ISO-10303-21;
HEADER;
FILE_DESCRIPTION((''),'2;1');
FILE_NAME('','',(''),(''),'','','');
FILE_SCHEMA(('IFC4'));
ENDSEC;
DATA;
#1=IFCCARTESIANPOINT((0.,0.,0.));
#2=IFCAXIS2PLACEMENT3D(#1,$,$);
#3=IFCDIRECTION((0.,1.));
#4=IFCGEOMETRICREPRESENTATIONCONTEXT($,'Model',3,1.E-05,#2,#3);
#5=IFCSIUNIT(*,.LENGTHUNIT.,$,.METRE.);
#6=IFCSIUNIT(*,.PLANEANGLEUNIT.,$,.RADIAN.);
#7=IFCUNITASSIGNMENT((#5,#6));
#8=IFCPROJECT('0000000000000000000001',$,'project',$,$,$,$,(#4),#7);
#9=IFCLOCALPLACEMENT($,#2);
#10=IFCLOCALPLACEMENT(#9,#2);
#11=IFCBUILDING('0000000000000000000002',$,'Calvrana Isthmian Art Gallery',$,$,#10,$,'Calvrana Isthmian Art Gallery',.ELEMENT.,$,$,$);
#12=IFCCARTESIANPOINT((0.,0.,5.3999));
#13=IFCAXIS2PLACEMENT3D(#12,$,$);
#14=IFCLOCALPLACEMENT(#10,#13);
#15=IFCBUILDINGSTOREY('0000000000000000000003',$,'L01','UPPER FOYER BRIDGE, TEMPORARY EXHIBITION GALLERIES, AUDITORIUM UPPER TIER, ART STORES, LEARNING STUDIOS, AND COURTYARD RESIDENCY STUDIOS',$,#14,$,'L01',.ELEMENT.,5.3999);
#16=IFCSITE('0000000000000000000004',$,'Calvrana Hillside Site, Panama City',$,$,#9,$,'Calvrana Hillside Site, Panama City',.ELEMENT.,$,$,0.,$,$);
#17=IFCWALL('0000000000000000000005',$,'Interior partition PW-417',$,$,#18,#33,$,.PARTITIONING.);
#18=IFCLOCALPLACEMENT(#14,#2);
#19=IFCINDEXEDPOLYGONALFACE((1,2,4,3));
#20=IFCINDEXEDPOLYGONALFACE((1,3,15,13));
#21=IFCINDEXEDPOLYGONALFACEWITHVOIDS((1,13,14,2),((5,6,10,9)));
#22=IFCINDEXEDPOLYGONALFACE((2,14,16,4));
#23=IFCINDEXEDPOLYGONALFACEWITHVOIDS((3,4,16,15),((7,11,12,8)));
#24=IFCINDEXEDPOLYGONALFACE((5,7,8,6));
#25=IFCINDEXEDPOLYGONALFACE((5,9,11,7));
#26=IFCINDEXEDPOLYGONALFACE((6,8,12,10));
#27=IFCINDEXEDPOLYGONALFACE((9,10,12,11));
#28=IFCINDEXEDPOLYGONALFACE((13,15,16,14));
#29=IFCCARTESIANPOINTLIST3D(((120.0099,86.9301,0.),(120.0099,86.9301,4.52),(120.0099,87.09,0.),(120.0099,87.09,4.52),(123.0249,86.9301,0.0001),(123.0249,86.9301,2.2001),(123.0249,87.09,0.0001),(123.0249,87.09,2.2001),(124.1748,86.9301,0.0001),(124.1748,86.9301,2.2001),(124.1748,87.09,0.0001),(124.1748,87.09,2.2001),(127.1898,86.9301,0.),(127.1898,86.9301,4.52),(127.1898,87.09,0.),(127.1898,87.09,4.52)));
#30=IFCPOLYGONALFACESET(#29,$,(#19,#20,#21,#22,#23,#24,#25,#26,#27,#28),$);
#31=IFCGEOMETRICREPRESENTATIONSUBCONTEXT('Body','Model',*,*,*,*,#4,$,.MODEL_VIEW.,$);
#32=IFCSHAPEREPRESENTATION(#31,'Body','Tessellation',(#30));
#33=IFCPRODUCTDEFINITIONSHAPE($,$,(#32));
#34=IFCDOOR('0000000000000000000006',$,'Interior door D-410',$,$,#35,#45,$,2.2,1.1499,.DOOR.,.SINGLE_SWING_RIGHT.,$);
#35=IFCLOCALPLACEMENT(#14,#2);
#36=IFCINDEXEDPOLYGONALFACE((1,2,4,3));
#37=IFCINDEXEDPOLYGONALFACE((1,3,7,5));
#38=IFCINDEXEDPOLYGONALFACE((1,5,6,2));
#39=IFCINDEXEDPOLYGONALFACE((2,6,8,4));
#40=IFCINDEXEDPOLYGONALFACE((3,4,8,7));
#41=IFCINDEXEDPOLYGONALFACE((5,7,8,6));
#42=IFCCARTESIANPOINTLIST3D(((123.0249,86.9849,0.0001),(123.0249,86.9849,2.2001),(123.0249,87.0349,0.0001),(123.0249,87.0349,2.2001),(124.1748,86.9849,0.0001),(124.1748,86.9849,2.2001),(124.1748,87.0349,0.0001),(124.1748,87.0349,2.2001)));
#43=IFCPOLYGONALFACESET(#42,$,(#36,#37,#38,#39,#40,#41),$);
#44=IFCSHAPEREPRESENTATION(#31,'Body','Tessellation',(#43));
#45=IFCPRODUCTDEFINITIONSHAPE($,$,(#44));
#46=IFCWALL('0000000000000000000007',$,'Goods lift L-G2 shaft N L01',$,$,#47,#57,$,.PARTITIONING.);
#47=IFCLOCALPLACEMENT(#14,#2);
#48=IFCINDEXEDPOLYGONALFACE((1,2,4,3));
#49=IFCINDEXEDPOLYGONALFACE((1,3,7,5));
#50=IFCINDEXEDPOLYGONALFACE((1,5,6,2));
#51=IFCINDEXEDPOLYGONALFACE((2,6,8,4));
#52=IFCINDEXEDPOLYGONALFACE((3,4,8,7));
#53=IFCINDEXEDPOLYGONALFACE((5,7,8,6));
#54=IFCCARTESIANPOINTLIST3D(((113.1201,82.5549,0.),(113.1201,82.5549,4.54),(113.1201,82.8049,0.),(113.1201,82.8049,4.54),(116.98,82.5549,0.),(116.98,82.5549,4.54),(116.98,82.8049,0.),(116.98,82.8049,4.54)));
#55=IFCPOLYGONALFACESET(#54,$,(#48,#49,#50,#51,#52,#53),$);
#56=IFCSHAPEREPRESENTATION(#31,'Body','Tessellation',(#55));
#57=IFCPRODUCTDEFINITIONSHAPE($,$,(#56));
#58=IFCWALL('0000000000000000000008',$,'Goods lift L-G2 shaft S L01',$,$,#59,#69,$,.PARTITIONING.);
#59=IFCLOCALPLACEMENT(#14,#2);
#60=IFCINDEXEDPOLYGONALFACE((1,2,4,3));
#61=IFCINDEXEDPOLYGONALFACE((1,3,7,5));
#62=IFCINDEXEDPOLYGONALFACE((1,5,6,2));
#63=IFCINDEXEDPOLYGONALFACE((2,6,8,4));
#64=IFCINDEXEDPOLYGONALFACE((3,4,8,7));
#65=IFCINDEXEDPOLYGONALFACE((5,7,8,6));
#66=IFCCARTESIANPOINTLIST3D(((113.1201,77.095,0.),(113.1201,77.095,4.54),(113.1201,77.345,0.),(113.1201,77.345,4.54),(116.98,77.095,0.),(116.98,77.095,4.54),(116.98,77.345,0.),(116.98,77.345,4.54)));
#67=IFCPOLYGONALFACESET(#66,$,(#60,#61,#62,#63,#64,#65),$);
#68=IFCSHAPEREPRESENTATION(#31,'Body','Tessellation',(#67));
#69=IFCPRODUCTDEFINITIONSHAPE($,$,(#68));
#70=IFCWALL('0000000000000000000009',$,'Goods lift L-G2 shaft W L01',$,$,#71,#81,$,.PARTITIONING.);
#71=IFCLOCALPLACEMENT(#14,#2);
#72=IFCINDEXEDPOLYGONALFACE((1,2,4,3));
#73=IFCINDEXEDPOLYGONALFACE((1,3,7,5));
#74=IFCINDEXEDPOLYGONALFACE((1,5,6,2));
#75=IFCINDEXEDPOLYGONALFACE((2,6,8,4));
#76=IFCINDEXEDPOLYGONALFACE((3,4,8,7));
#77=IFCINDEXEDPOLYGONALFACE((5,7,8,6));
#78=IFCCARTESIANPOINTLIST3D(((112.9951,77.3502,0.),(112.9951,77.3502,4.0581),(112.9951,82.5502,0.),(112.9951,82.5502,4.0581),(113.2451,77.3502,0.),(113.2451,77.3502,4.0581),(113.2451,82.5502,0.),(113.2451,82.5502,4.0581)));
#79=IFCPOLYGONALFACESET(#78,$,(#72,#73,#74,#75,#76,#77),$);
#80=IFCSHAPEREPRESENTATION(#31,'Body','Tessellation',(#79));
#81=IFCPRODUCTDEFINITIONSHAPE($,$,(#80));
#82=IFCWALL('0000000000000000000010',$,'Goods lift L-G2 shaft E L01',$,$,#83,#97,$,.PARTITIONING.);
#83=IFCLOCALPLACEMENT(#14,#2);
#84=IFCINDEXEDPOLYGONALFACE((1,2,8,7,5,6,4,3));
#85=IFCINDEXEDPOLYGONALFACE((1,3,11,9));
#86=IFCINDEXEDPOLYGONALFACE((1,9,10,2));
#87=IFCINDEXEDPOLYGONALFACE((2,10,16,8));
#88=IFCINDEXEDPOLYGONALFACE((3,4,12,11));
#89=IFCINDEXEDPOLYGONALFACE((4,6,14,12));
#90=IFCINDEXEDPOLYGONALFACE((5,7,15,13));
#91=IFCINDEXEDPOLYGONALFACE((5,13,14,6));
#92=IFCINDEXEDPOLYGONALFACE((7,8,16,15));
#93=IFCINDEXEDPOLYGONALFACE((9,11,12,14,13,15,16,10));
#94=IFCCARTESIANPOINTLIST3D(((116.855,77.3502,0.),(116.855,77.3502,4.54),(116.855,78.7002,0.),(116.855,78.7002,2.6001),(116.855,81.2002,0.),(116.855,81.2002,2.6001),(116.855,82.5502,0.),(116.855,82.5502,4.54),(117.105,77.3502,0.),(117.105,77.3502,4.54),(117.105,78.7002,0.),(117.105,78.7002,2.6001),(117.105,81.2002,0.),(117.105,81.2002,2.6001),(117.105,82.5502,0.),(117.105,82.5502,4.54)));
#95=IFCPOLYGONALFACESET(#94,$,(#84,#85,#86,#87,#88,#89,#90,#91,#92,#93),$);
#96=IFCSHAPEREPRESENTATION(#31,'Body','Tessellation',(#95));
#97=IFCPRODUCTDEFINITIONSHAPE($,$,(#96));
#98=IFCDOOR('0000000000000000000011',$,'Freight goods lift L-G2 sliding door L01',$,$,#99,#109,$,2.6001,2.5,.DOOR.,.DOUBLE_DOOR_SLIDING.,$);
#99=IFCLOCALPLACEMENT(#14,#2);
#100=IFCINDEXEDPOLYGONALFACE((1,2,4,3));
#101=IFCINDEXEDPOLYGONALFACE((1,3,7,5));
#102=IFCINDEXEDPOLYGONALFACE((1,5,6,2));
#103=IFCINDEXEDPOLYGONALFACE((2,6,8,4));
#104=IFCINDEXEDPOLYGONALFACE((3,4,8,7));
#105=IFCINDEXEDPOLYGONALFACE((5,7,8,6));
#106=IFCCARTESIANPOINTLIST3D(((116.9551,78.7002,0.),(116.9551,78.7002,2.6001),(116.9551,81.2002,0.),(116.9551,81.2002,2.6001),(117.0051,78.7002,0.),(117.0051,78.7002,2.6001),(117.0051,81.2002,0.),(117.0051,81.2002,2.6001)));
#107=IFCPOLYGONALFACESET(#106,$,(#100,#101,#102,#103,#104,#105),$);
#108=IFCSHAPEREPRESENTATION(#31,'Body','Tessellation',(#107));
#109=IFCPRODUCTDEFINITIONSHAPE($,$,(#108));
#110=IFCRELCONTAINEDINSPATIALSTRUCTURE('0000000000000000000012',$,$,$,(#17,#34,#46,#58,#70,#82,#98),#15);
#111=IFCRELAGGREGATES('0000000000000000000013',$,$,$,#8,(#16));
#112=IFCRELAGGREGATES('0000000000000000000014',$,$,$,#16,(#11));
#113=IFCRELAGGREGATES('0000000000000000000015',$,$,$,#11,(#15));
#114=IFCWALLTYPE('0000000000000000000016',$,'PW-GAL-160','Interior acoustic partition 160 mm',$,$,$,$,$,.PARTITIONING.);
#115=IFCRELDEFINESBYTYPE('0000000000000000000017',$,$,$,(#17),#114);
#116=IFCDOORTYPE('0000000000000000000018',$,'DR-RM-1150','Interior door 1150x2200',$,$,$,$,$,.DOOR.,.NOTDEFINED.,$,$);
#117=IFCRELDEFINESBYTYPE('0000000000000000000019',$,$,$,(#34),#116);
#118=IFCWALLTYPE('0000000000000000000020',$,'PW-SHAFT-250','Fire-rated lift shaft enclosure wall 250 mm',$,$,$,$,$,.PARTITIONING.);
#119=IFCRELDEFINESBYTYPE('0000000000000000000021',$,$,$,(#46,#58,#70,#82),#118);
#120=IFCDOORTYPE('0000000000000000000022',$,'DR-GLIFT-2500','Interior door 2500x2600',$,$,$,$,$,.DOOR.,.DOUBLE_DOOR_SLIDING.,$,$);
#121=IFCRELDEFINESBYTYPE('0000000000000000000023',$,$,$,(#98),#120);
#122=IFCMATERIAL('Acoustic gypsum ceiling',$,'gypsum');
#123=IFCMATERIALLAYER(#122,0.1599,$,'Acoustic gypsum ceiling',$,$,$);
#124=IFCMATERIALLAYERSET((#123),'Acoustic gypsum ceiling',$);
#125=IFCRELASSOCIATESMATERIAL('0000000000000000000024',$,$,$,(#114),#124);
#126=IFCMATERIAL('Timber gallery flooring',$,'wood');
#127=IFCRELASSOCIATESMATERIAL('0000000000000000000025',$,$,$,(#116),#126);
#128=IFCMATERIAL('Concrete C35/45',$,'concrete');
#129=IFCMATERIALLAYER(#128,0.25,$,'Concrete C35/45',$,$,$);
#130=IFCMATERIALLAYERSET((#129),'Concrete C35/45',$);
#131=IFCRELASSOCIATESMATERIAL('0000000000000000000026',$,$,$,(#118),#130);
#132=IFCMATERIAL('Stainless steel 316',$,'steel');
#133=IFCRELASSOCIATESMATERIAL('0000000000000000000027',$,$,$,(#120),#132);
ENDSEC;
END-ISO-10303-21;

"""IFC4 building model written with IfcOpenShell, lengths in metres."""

from ifc_helpers import new_model, si_unit, direction, frame, frame_2d, origin, place, context, subcontext, project, spatial, rectangle, extrude, material, layer, layer_set, type_object, element, fill, save


model = new_model("IFC4")

# Units and contexts
model_context = context("Model", 3, precision=1e-05, world=origin(), true_north=direction((0.0, 1.0)))
body_context = subcontext(model_context, "Body", "Model", "MODEL_VIEW")
ifc_project = project(units=[si_unit("LENGTHUNIT", "METRE"), si_unit("PLANEANGLEUNIT", "RADIAN")], contexts=[model_context])

# Site, building, storey
site_placement = place(None, origin())
site = spatial("IfcSite", under=ifc_project, at=site_placement, Name="Calvrana Hillside Site, Panama City", LongName="Calvrana Hillside Site, Panama City", CompositionType="ELEMENT", RefElevation=0.0)
building_placement = place(site_placement, origin())
building = spatial("IfcBuilding", under=site, at=building_placement, Name="Calvrana Isthmian Art Gallery", LongName="Calvrana Isthmian Art Gallery", CompositionType="ELEMENT")
storey_placement = place(building_placement, frame((0.0, 0.0, 5.3999)))
storey = spatial("IfcBuildingStorey", under=building, at=storey_placement, Name="L01", Description="UPPER FOYER BRIDGE, TEMPORARY EXHIBITION GALLERIES, AUDITORIUM UPPER TIER, ART STORES, LEARNING STUDIOS, AND COURTYARD RESIDENCY STUDIOS", LongName="L01", CompositionType="ELEMENT", Elevation=5.3999)

# Shared definitions
ifc_material_1 = material(Name="Acoustic gypsum ceiling", Category="gypsum")
ifc_layer_1 = layer(ifc_material_1, 0.1599, Name="Acoustic gypsum ceiling")
ifc_layer_set_1 = layer_set([ifc_layer_1], Name="Acoustic gypsum ceiling")
wall_type_1 = type_object("IfcWallType", Name="PW-GAL-160", Description="Interior acoustic partition 160 mm", PredefinedType="PARTITIONING", material=ifc_layer_set_1)

# Wall, opening, door
wall_1_placement = place(storey_placement, frame((120.01, 87.01, 0.0), z_axis=(0.0, 0.0, 1.0), x_axis=(1.0, 0.0, 0.0)))
wall_1 = element("IfcWall", 1, at=wall_1_placement, inside=storey, type_object=wall_type_1, Name="Interior partition PW-417", PredefinedType="PARTITIONING", context=body_context, shape_type="SweptSolid", body=[
    extrude(rectangle(XDim=7.1799, YDim=0.1599, at=frame_2d((3.5898, 0.0))), origin(), (0.0, 0.0, 1.0), 4.52),
])
opening_1_placement = place(wall_1_placement, frame((3.0149, 0.0, 0.0)))
opening_1 = element("IfcOpeningElement", 2, at=opening_1_placement, cuts=wall_1, PredefinedType="OPENING", context=body_context, shape_type="SweptSolid", body=[
    extrude(rectangle(XDim=1.1499, YDim=2.2, at=frame_2d((0.575, 1.1001))), frame((0.0, 0.0903, 0.0), z_axis=(0.0, -1.0, 0.0), x_axis=(1.0, 0.0, 0.0)), (0.0, 0.0, 1.0), 0.1804),
])
ifc_material_2 = material(Name="Timber gallery flooring", Category="wood")
door_type_1 = type_object("IfcDoorType", Name="DR-RM-1150", Description="Interior door 1150x2200", OperationType="NOTDEFINED", PredefinedType="DOOR", material=ifc_material_2)
door_1_placement = place(opening_1_placement, origin())
door_1 = element("IfcDoor", 3, at=door_1_placement, inside=storey, type_object=door_type_1, Name="Interior door D-410", OperationType="SINGLE_SWING_RIGHT", OverallHeight=2.2, OverallWidth=1.1499, PredefinedType="DOOR", context=body_context, shape_type="SweptSolid", body=[
    extrude(rectangle(XDim=1.1499, YDim=2.2, at=frame_2d((0.575, 1.1001))), frame((0.0, 0.0249, 0.0), z_axis=(0.0, -1.0, 0.0), x_axis=(1.0, 0.0, 0.0)), (0.0, 0.0, 1.0), 0.05),
])
fill(opening_1, door_1)

# Walls
ifc_material_3 = material(Name="Concrete C35/45", Category="concrete")
ifc_layer_2 = layer(ifc_material_3, 0.25, Name="Concrete C35/45")
ifc_layer_set_2 = layer_set([ifc_layer_2], Name="Concrete C35/45")
wall_type_2 = type_object("IfcWallType", Name="PW-SHAFT-250", Description="Fire-rated lift shaft enclosure wall 250 mm", PredefinedType="PARTITIONING", material=ifc_layer_set_2)
for number, where, z_axis, x_axis, name in (
    (4, (113.1201, 82.6799, 0.0), (0.0, 0.0, 1.0), (1.0, 0.0, 0.0), "Goods lift L-G2 shaft N L01"),
    (5, (113.1201, 77.22, 0.0), (0.0, 0.0, 1.0), (1.0, 0.0, 0.0), "Goods lift L-G2 shaft S L01"),
):
    element("IfcWall", number, at=place(storey_placement, frame(where, z_axis=z_axis, x_axis=x_axis)), inside=storey, type_object=wall_type_2, Name=name, PredefinedType="PARTITIONING", context=body_context, shape_type="SweptSolid", body=[
        extrude(rectangle(XDim=3.8599, YDim=0.25, at=frame_2d((1.9299, 0.0))), origin(), (0.0, 0.0, 1.0), 4.54),
    ])
wall_2_placement = place(storey_placement, frame((113.1201, 77.3501, 0.0), z_axis=(0.0, 0.0, 1.0), x_axis=(0.0, 1.0, 0.0)))
element("IfcWall", 6, at=wall_2_placement, inside=storey, type_object=wall_type_2, Name="Goods lift L-G2 shaft W L01", PredefinedType="PARTITIONING", context=body_context, shape_type="SweptSolid", body=[
    extrude(rectangle(XDim=5.2, YDim=0.25, at=frame_2d((2.6001, 0.0))), origin(), (0.0, 0.0, 1.0), 4.0581),
])

# Wall, opening, door
wall_3_placement = place(storey_placement, frame((116.98, 77.3501, 0.0), z_axis=(0.0, 0.0, 1.0), x_axis=(0.0, 1.0, 0.0)))
wall_3 = element("IfcWall", 7, at=wall_3_placement, inside=storey, type_object=wall_type_2, Name="Goods lift L-G2 shaft E L01", PredefinedType="PARTITIONING", context=body_context, shape_type="SweptSolid", body=[
    extrude(rectangle(XDim=5.2, YDim=0.25, at=frame_2d((2.6001, 0.0))), origin(), (0.0, 0.0, 1.0), 4.54),
])
opening_2_placement = place(wall_3_placement, frame((1.3501, 0.0, 0.0)))
opening_2 = element("IfcOpeningElement", 8, at=opening_2_placement, cuts=wall_3, PredefinedType="OPENING", context=body_context, shape_type="SweptSolid", body=[
    extrude(rectangle(XDim=2.5, YDim=2.6001, at=frame_2d((1.25, 1.3))), frame((0.0, 0.1353, 0.0), z_axis=(0.0, -1.0, 0.0), x_axis=(1.0, 0.0, 0.0)), (0.0, 0.0, 1.0), 0.2705),
])
ifc_material_4 = material(Name="Stainless steel 316", Category="steel")
door_type_2 = type_object("IfcDoorType", Name="DR-GLIFT-2500", Description="Interior door 2500x2600", OperationType="DOUBLE_DOOR_SLIDING", PredefinedType="DOOR", material=ifc_material_4)
door_2_placement = place(opening_2_placement, origin())
door_2 = element("IfcDoor", 9, at=door_2_placement, inside=storey, type_object=door_type_2, Name="Freight goods lift L-G2 sliding door L01", OperationType="DOUBLE_DOOR_SLIDING", OverallHeight=2.6001, OverallWidth=2.5, PredefinedType="DOOR", context=body_context, shape_type="SweptSolid", body=[
    extrude(rectangle(XDim=2.5, YDim=2.6001, at=frame_2d((1.25, 1.3))), frame((0.0, 0.0249, 0.0), z_axis=(0.0, -1.0, 0.0), x_axis=(1.0, 0.0, 0.0)), (0.0, 0.0, 1.0), 0.05),
])
fill(opening_2, door_2)

save(model, "model.ifc")
